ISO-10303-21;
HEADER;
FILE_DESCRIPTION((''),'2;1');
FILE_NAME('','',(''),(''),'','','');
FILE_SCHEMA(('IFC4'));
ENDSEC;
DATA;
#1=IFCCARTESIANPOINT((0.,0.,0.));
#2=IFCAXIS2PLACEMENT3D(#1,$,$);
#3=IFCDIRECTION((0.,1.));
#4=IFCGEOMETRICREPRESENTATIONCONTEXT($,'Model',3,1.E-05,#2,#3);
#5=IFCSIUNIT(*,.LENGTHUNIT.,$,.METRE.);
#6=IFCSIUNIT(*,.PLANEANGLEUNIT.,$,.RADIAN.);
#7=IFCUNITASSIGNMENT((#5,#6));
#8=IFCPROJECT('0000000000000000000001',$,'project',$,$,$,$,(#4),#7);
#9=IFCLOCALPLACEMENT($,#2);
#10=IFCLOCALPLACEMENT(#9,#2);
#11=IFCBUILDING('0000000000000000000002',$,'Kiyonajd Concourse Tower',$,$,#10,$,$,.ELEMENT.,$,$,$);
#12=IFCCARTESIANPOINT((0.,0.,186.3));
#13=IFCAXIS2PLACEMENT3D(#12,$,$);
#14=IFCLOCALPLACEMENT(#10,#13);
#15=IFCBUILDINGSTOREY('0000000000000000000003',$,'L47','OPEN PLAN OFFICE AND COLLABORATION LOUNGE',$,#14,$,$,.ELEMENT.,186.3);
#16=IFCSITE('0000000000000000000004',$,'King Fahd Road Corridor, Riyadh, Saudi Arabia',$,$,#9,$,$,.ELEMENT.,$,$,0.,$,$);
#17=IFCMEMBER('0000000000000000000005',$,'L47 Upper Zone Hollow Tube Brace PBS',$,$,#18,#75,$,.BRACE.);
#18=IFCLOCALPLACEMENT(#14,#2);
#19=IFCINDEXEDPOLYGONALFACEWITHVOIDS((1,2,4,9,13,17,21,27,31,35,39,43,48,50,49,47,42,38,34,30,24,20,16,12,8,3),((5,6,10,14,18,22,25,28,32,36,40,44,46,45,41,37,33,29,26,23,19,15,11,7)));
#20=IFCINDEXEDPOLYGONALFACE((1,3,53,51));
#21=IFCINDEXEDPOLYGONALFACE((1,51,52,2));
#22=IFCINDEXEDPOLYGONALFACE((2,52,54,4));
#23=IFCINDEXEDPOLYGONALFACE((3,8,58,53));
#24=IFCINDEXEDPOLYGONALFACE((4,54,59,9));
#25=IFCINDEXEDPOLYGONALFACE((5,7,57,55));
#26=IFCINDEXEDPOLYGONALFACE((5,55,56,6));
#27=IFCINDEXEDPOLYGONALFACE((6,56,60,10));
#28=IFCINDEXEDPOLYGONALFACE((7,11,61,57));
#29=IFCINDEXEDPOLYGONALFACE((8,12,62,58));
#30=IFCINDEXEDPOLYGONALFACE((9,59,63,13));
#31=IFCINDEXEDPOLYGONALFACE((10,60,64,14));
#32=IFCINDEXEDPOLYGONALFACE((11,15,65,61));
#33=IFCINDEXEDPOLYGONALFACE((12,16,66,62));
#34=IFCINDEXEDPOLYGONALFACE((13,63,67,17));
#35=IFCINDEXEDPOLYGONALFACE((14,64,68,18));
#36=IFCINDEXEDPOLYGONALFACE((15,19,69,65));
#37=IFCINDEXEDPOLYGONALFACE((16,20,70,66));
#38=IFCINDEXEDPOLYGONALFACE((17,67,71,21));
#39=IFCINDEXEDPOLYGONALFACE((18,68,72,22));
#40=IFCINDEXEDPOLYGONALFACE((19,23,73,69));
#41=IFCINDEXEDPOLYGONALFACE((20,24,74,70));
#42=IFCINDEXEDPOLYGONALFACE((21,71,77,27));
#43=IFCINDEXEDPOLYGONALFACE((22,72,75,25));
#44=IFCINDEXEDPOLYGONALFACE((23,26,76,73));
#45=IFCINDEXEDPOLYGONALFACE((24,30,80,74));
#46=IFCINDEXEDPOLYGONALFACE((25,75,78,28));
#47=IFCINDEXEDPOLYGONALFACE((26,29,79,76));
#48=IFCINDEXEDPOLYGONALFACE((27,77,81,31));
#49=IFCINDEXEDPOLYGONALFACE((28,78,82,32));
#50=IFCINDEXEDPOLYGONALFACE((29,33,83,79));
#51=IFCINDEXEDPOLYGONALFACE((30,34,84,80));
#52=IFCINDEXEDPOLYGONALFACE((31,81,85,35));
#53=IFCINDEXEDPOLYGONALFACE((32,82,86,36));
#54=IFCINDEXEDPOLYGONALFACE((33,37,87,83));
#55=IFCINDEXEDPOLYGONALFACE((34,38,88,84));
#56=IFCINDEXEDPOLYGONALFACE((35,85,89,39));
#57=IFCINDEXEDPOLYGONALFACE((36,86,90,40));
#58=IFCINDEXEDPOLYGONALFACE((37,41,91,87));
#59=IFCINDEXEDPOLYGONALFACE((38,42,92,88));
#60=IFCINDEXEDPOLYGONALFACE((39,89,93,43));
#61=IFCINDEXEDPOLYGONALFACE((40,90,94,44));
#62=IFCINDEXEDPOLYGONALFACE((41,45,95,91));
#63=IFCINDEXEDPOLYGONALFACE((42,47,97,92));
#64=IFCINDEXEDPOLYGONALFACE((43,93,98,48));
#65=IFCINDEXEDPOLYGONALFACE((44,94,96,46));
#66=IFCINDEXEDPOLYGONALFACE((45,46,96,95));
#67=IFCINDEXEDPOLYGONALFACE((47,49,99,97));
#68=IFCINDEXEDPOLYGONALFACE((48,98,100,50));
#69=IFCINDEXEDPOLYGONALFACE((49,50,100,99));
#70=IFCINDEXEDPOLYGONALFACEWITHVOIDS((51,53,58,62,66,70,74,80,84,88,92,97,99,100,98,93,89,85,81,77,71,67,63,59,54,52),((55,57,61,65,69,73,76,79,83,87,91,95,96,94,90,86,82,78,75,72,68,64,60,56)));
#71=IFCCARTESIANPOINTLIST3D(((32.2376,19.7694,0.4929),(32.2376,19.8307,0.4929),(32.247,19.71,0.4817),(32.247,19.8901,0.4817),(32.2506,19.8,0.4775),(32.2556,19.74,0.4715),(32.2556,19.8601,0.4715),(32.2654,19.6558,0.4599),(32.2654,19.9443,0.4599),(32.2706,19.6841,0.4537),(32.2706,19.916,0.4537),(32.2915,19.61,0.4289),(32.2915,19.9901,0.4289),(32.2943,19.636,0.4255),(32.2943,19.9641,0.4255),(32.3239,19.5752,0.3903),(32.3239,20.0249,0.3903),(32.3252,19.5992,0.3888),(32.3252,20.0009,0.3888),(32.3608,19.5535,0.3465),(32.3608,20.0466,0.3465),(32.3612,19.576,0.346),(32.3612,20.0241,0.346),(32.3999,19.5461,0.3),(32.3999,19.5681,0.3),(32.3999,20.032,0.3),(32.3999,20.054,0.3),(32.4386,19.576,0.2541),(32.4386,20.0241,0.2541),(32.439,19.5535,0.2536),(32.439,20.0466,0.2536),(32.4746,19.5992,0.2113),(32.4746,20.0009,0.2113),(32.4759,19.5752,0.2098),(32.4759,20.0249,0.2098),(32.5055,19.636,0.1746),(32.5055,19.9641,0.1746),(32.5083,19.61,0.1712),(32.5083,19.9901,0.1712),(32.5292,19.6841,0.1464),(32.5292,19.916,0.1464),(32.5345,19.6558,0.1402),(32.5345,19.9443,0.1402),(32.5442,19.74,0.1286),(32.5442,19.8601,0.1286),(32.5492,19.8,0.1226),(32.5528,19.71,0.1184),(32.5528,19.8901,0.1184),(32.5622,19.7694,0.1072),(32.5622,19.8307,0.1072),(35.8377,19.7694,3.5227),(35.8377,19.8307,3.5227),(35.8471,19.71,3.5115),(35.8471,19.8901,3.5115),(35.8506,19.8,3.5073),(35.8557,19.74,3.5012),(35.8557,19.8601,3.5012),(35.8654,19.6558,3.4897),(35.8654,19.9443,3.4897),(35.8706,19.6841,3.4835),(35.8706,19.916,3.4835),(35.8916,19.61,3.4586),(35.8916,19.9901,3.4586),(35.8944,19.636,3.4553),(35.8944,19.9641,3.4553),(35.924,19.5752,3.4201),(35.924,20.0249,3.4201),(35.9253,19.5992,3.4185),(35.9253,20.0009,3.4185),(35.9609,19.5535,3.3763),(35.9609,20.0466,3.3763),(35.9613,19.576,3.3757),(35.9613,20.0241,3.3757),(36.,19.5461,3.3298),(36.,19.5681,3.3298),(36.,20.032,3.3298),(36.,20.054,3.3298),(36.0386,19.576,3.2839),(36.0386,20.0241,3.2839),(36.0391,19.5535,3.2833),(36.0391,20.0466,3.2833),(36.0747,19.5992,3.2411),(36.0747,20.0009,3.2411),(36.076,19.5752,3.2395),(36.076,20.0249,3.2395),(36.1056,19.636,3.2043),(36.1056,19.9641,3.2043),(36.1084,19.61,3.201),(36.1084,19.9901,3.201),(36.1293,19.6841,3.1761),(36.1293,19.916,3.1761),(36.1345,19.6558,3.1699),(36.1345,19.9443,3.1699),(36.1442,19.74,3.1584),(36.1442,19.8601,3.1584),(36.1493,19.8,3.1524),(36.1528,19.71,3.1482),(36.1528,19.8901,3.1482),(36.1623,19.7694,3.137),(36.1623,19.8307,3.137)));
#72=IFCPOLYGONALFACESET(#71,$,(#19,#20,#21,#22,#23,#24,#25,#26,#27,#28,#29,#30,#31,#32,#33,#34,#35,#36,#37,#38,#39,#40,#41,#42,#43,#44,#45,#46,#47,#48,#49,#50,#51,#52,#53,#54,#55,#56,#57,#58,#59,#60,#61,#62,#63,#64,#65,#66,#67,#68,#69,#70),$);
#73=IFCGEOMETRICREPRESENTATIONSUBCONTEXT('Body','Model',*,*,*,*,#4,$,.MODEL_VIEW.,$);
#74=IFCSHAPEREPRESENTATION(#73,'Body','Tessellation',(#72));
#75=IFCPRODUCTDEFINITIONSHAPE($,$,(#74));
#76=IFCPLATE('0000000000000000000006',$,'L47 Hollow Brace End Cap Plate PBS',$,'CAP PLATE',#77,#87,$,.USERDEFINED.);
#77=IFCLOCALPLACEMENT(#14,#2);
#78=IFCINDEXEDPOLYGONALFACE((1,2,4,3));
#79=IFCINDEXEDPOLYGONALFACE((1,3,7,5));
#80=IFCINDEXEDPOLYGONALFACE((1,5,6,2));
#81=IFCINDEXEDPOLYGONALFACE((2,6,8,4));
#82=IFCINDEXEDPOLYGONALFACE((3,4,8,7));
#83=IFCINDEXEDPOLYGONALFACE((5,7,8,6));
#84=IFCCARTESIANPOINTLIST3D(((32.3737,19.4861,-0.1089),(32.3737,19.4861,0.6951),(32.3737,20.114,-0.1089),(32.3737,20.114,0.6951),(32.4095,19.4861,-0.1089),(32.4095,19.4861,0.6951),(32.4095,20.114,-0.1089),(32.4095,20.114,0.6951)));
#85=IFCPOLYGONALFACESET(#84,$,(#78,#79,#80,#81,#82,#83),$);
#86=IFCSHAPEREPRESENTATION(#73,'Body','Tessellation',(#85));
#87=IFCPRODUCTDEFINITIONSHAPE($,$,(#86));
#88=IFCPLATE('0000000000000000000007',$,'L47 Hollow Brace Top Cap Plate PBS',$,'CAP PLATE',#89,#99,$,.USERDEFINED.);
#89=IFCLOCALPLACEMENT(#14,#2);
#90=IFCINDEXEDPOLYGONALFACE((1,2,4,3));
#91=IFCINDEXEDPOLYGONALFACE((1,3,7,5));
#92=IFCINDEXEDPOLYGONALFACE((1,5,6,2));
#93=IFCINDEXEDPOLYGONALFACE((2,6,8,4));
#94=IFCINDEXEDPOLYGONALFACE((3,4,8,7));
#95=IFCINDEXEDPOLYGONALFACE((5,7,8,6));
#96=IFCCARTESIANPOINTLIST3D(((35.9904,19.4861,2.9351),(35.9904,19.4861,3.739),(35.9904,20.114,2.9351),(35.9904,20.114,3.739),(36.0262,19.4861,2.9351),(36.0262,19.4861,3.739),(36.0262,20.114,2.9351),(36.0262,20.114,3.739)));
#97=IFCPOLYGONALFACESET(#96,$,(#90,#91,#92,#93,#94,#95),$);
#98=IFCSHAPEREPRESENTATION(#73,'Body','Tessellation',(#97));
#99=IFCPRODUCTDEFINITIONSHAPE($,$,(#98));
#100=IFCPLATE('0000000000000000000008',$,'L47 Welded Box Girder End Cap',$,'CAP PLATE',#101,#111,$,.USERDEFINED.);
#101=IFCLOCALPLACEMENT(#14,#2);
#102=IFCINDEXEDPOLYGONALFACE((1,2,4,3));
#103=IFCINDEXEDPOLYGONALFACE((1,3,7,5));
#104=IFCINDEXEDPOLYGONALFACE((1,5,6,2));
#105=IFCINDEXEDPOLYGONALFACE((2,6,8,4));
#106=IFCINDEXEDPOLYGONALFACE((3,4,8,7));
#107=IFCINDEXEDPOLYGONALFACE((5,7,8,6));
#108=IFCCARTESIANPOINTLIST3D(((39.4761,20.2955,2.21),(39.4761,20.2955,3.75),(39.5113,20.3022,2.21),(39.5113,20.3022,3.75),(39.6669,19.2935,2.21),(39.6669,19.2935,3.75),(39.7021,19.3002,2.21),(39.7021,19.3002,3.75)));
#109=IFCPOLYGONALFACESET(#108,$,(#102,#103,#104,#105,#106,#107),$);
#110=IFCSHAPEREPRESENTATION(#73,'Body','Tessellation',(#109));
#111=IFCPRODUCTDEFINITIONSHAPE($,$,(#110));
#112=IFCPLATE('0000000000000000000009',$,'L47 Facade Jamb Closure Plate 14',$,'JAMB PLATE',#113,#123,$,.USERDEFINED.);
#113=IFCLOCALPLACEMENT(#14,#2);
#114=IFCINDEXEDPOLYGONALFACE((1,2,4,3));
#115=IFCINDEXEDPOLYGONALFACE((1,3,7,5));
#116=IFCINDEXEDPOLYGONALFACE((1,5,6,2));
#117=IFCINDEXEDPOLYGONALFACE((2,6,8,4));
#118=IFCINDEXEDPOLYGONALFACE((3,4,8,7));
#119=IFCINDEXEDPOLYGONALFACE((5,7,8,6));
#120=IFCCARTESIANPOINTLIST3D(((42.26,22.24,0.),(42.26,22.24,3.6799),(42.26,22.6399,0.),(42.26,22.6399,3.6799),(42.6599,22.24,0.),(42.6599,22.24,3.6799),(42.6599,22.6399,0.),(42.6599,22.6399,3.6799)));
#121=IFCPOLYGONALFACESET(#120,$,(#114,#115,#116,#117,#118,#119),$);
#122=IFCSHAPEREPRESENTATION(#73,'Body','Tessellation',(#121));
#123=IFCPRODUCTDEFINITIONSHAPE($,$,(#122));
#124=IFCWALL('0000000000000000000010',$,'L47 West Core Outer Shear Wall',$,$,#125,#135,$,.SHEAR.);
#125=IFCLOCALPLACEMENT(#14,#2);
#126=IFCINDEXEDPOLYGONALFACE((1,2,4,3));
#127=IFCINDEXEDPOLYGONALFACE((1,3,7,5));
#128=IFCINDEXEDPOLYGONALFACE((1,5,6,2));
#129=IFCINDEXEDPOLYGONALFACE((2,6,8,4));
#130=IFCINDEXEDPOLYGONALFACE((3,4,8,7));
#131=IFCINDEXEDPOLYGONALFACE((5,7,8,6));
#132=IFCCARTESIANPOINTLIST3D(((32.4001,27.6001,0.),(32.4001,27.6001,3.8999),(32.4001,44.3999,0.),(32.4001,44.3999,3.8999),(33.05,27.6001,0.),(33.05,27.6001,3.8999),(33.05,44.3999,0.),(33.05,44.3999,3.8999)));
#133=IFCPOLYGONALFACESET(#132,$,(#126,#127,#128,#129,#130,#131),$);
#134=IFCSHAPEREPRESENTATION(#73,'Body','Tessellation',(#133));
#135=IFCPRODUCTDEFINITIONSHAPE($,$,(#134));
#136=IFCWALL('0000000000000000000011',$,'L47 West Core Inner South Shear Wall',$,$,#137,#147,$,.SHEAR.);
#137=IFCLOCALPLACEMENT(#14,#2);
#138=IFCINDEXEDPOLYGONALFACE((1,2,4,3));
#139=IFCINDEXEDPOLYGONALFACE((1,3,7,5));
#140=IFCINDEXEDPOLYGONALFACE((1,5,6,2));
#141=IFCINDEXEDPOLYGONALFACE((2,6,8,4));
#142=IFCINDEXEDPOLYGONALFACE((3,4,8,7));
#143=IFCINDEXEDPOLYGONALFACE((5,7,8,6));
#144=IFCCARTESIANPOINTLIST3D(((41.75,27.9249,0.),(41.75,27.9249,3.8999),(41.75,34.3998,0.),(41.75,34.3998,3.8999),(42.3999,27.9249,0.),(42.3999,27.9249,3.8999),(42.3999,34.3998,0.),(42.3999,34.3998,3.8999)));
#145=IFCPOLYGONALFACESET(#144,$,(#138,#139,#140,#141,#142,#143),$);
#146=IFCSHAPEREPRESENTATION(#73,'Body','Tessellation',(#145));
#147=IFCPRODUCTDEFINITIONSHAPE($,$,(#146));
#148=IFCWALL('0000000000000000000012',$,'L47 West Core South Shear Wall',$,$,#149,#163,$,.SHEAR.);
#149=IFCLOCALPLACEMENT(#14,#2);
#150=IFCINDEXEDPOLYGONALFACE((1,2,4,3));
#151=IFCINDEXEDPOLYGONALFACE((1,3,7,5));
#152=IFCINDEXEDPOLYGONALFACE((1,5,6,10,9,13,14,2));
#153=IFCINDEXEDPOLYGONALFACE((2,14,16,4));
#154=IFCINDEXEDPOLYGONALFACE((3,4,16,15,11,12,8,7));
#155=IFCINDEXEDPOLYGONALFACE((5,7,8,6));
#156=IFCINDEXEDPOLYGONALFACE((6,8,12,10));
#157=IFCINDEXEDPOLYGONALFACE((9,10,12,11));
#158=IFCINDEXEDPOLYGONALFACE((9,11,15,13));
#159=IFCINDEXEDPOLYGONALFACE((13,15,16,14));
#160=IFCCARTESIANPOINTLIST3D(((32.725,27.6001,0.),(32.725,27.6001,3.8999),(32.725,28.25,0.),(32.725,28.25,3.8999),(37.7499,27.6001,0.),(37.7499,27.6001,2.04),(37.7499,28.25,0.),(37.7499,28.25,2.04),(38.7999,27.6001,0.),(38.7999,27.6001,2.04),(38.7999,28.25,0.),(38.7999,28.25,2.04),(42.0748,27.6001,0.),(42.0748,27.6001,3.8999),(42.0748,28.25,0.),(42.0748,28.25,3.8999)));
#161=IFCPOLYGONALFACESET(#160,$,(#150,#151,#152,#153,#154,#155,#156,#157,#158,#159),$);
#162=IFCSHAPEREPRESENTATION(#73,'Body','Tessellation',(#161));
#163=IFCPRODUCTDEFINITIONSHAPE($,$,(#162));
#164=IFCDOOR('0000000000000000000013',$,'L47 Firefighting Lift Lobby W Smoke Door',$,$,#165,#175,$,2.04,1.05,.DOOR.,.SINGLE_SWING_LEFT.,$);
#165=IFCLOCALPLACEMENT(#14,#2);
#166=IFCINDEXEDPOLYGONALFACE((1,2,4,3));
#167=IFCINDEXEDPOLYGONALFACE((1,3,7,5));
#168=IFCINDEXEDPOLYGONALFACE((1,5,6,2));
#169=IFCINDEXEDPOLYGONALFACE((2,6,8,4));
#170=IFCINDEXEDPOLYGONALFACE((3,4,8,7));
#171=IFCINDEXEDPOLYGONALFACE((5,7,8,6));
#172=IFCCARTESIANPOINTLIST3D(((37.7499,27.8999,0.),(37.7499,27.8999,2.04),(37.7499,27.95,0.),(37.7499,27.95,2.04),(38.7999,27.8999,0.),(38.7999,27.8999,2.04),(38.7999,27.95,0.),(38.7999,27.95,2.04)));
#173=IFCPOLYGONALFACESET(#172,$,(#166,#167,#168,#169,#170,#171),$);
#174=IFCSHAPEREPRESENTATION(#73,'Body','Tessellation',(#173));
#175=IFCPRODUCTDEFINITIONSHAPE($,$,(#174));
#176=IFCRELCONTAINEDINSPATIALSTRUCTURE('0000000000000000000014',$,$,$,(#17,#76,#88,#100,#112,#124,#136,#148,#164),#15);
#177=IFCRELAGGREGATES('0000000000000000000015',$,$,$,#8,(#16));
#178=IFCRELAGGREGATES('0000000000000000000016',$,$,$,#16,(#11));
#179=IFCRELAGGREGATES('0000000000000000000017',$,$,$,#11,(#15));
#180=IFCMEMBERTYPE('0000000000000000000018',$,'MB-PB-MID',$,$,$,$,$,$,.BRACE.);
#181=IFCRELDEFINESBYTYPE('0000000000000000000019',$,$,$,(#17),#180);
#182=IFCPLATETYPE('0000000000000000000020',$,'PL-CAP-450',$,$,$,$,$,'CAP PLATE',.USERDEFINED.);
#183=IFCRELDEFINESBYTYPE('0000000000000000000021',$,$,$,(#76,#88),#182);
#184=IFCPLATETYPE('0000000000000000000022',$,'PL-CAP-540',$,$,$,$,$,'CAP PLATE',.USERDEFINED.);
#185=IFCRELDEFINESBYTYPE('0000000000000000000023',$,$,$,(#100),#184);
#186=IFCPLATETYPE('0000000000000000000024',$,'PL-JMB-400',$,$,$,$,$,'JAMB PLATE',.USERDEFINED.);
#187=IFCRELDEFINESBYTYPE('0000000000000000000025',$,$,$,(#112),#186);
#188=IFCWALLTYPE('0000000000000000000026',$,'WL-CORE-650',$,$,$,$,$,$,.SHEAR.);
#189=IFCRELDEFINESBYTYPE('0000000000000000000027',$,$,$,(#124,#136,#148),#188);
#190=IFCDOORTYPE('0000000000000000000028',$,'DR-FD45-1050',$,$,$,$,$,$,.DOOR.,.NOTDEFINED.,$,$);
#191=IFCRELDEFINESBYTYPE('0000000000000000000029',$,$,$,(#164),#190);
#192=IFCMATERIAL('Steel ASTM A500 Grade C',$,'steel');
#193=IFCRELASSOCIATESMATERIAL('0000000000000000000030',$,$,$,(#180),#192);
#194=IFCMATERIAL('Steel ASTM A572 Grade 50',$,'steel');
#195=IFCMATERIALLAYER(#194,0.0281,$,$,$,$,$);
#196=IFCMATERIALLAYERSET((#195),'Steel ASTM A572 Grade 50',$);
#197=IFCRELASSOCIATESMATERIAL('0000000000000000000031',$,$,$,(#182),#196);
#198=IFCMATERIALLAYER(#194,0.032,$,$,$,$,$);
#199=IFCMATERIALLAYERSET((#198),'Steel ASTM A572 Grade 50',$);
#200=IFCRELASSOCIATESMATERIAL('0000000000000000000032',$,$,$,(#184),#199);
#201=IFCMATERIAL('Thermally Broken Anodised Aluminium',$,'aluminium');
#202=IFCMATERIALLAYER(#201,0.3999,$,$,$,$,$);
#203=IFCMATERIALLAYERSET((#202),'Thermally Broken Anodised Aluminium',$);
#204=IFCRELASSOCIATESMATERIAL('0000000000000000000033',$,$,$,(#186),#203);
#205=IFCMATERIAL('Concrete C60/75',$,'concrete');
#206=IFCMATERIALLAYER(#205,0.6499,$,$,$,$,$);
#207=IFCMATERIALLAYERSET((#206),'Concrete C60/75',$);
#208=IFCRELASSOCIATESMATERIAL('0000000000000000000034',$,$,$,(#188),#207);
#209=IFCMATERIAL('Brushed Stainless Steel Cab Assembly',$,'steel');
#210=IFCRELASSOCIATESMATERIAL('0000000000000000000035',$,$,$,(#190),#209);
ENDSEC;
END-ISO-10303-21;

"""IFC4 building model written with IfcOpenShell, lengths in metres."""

from ifc_helpers import new_model, si_unit, direction, frame, frame_2d, origin, origin_2d, place, context, subcontext, project, spatial, rectangle, hollow_circle, extrude, material, layer, layer_set, material_profile, profile_set, type_object, element, fill, save


model = new_model("IFC4")

# Units and contexts
model_context = context("Model", 3, precision=1e-05, world=origin(), true_north=direction((0.0, 1.0)))
body_context = subcontext(model_context, "Body", "Model", "MODEL_VIEW")
ifc_project = project(units=[si_unit("LENGTHUNIT", "METRE"), si_unit("PLANEANGLEUNIT", "RADIAN")], contexts=[model_context])

# Site, building, storey
site_placement = place(None, origin())
site = spatial("IfcSite", under=ifc_project, at=site_placement, Name="King Fahd Road Corridor, Riyadh, Saudi Arabia", CompositionType="ELEMENT", RefElevation=0.0)
building_placement = place(site_placement, origin())
building = spatial("IfcBuilding", under=site, at=building_placement, Name="Kiyonajd Concourse Tower", CompositionType="ELEMENT")
storey_placement = place(building_placement, frame((0.0, 0.0, 186.3)))
storey = spatial("IfcBuildingStorey", under=building, at=storey_placement, Name="L47", Description="OPEN PLAN OFFICE AND COLLABORATION LOUNGE", CompositionType="ELEMENT", Elevation=186.3)

# Shared definitions
ifc_material_1 = material(Name="Steel ASTM A572 Grade 50", Category="steel")

# Member
ifc_material_2 = material(Name="Steel ASTM A500 Grade C", Category="steel")
ifc_material_profile_1 = material_profile(ifc_material_2, hollow_circle(Radius=0.2539, WallThickness=0.022, at=origin_2d()), Name="CHS-508x22")
ifc_profile_set_1 = profile_set([ifc_material_profile_1], Name="Steel ASTM A500 Grade C")
member_type = type_object("IfcMemberType", Name="MB-PB-MID", PredefinedType="BRACE", material=ifc_profile_set_1)
member_placement = place(storey_placement, frame((32.3999, 19.8, 0.3), z_axis=(0.765108, 0.0, 0.643902), x_axis=(0.0, 1.0, 0.0)))
element("IfcMember", 1, at=member_placement, inside=storey, type_object=member_type, Name="L47 Upper Zone Hollow Tube Brace PBS", PredefinedType="BRACE", context=body_context, shape_type="SweptSolid", body=[
    extrude(hollow_circle(Radius=0.2539, WallThickness=0.022, at=origin_2d()), origin(), (0.0, 0.0, 1.0), 4.7053),
])

# Plates
ifc_layer_1 = layer(ifc_material_1, 0.0281)
ifc_layer_set_1 = layer_set([ifc_layer_1], Name="Steel ASTM A572 Grade 50")
plate_type_1 = type_object("IfcPlateType", Name="PL-CAP-450", ElementType="CAP PLATE", PredefinedType="USERDEFINED", material=ifc_layer_set_1)
for number, where, z_axis, x_axis, name in (
    (2, (32.3916, 19.8, -0.1089), (0.0, 0.0, 1.0), (-1.0, 0.0, 0.0), "L47 Hollow Brace End Cap Plate PBS"),
    (3, (36.0083, 19.8, 2.9351), (0.0, 0.0, 1.0), (1.0, 0.0, 0.0), "L47 Hollow Brace Top Cap Plate PBS"),
):
    element("IfcPlate", number, at=place(storey_placement, frame(where, z_axis=z_axis, x_axis=x_axis)), inside=storey, type_object=plate_type_1, Name=name, ObjectType="CAP PLATE", PredefinedType="USERDEFINED", context=body_context, shape_type="SweptSolid", body=[
        extrude(rectangle(XDim=0.0359, YDim=0.6279, at=origin_2d()), origin(), (0.0, 0.0, 1.0), 0.804),
    ])
ifc_layer_2 = layer(ifc_material_1, 0.032)
ifc_layer_set_2 = layer_set([ifc_layer_2], Name="Steel ASTM A572 Grade 50")
plate_type_2 = type_object("IfcPlateType", Name="PL-CAP-540", ElementType="CAP PLATE", PredefinedType="USERDEFINED", material=ifc_layer_set_2)
plate_1_placement = place(storey_placement, frame((39.5891, 19.7979, 2.21), z_axis=(0.0, 0.0, 1.0), x_axis=(-0.982353, -0.187038, 0.0)))
element("IfcPlate", 4, at=plate_1_placement, inside=storey, type_object=plate_type_2, Name="L47 Welded Box Girder End Cap", ObjectType="CAP PLATE", PredefinedType="USERDEFINED", context=body_context, shape_type="SweptSolid", body=[
    extrude(rectangle(XDim=0.0359, YDim=1.02, at=origin_2d()), origin(), (0.0, 0.0, 1.0), 1.54),
])
ifc_material_3 = material(Name="Thermally Broken Anodised Aluminium", Category="aluminium")
ifc_layer_3 = layer(ifc_material_3, 0.3999)
ifc_layer_set_3 = layer_set([ifc_layer_3], Name="Thermally Broken Anodised Aluminium")
plate_type_3 = type_object("IfcPlateType", Name="PL-JMB-400", ElementType="JAMB PLATE", PredefinedType="USERDEFINED", material=ifc_layer_set_3)
plate_2_placement = place(storey_placement, frame((42.46, 22.4399, 0.0), z_axis=(0.0, 0.0, 1.0), x_axis=(1.0, 0.0, 0.0)))
element("IfcPlate", 5, at=plate_2_placement, inside=storey, type_object=plate_type_3, Name="L47 Facade Jamb Closure Plate 14", ObjectType="JAMB PLATE", PredefinedType="USERDEFINED", context=body_context, shape_type="SweptSolid", body=[
    extrude(rectangle(XDim=0.3999, YDim=0.3999, at=origin_2d()), origin(), (0.0, 0.0, 1.0), 3.6799),
])

# Walls
ifc_material_4 = material(Name="Concrete C60/75", Category="concrete")
ifc_layer_4 = layer(ifc_material_4, 0.6499)
ifc_layer_set_4 = layer_set([ifc_layer_4], Name="Concrete C60/75")
wall_type_1 = type_object("IfcWallType", Name="WL-CORE-650", PredefinedType="SHEAR", material=ifc_layer_set_4)
wall_1_placement = place(storey_placement, frame((32.7251, 27.6001, 0.0), z_axis=(0.0, 0.0, 1.0), x_axis=(0.0, 1.0, 0.0)))
element("IfcWall", 6, at=wall_1_placement, inside=storey, type_object=wall_type_1, Name="L47 West Core Outer Shear Wall", PredefinedType="SHEAR", context=body_context, shape_type="SweptSolid", body=[
    extrude(rectangle(XDim=16.7998, YDim=0.6499, at=frame_2d((8.3999, 0.0))), origin(), (0.0, 0.0, 1.0), 3.8999),
])
wall_2_placement = place(storey_placement, frame((42.075, 27.925, 0.0), z_axis=(0.0, 0.0, 1.0), x_axis=(0.0, 1.0, 0.0)))
element("IfcWall", 7, at=wall_2_placement, inside=storey, type_object=wall_type_1, Name="L47 West Core Inner South Shear Wall", PredefinedType="SHEAR", context=body_context, shape_type="SweptSolid", body=[
    extrude(rectangle(XDim=6.4749, YDim=0.6499, at=frame_2d((3.2373, 0.0))), origin(), (0.0, 0.0, 1.0), 3.8999),
])

# Wall, opening, door
wall_3_placement = place(storey_placement, frame((32.7251, 27.925, 0.0), z_axis=(0.0, 0.0, 1.0), x_axis=(1.0, 0.0, 0.0)))
wall_3 = element("IfcWall", 8, at=wall_3_placement, inside=storey, type_object=wall_type_1, Name="L47 West Core South Shear Wall", PredefinedType="SHEAR", context=body_context, shape_type="SweptSolid", body=[
    extrude(rectangle(XDim=9.3499, YDim=0.6499, at=frame_2d((4.6748, 0.0))), origin(), (0.0, 0.0, 1.0), 3.8999),
])
opening_1_placement = place(wall_3_placement, frame((5.0249, 0.0, 0.0)))
opening_1 = element("IfcOpeningElement", 9, at=opening_1_placement, cuts=wall_3, PredefinedType="OPENING", context=body_context, shape_type="SweptSolid", body=[
    extrude(rectangle(XDim=1.05, YDim=2.04, at=frame_2d((0.5249, 1.02))), frame((0.0, 0.335, 0.0), z_axis=(0.0, -1.0, 0.0), x_axis=(1.0, 0.0, 0.0)), (0.0, 0.0, 1.0), 0.6699),
])
ifc_material_5 = material(Name="Brushed Stainless Steel Cab Assembly", Category="steel")
door_type_1 = type_object("IfcDoorType", Name="DR-FD45-1050", OperationType="NOTDEFINED", PredefinedType="DOOR", material=ifc_material_5)
door_1_placement = place(opening_1_placement, origin())
door_1 = element("IfcDoor", 10, at=door_1_placement, inside=storey, type_object=door_type_1, Name="L47 Firefighting Lift Lobby W Smoke Door", OperationType="SINGLE_SWING_LEFT", OverallHeight=2.04, OverallWidth=1.05, PredefinedType="DOOR", context=body_context, shape_type="SweptSolid", body=[
    extrude(rectangle(XDim=1.05, YDim=2.04, at=frame_2d((0.5249, 1.02))), frame((0.0, 0.0249, 0.0), z_axis=(0.0, -1.0, 0.0), x_axis=(1.0, 0.0, 0.0)), (0.0, 0.0, 1.0), 0.05),
])
fill(opening_1, door_1)

save(model, "model.ifc")
